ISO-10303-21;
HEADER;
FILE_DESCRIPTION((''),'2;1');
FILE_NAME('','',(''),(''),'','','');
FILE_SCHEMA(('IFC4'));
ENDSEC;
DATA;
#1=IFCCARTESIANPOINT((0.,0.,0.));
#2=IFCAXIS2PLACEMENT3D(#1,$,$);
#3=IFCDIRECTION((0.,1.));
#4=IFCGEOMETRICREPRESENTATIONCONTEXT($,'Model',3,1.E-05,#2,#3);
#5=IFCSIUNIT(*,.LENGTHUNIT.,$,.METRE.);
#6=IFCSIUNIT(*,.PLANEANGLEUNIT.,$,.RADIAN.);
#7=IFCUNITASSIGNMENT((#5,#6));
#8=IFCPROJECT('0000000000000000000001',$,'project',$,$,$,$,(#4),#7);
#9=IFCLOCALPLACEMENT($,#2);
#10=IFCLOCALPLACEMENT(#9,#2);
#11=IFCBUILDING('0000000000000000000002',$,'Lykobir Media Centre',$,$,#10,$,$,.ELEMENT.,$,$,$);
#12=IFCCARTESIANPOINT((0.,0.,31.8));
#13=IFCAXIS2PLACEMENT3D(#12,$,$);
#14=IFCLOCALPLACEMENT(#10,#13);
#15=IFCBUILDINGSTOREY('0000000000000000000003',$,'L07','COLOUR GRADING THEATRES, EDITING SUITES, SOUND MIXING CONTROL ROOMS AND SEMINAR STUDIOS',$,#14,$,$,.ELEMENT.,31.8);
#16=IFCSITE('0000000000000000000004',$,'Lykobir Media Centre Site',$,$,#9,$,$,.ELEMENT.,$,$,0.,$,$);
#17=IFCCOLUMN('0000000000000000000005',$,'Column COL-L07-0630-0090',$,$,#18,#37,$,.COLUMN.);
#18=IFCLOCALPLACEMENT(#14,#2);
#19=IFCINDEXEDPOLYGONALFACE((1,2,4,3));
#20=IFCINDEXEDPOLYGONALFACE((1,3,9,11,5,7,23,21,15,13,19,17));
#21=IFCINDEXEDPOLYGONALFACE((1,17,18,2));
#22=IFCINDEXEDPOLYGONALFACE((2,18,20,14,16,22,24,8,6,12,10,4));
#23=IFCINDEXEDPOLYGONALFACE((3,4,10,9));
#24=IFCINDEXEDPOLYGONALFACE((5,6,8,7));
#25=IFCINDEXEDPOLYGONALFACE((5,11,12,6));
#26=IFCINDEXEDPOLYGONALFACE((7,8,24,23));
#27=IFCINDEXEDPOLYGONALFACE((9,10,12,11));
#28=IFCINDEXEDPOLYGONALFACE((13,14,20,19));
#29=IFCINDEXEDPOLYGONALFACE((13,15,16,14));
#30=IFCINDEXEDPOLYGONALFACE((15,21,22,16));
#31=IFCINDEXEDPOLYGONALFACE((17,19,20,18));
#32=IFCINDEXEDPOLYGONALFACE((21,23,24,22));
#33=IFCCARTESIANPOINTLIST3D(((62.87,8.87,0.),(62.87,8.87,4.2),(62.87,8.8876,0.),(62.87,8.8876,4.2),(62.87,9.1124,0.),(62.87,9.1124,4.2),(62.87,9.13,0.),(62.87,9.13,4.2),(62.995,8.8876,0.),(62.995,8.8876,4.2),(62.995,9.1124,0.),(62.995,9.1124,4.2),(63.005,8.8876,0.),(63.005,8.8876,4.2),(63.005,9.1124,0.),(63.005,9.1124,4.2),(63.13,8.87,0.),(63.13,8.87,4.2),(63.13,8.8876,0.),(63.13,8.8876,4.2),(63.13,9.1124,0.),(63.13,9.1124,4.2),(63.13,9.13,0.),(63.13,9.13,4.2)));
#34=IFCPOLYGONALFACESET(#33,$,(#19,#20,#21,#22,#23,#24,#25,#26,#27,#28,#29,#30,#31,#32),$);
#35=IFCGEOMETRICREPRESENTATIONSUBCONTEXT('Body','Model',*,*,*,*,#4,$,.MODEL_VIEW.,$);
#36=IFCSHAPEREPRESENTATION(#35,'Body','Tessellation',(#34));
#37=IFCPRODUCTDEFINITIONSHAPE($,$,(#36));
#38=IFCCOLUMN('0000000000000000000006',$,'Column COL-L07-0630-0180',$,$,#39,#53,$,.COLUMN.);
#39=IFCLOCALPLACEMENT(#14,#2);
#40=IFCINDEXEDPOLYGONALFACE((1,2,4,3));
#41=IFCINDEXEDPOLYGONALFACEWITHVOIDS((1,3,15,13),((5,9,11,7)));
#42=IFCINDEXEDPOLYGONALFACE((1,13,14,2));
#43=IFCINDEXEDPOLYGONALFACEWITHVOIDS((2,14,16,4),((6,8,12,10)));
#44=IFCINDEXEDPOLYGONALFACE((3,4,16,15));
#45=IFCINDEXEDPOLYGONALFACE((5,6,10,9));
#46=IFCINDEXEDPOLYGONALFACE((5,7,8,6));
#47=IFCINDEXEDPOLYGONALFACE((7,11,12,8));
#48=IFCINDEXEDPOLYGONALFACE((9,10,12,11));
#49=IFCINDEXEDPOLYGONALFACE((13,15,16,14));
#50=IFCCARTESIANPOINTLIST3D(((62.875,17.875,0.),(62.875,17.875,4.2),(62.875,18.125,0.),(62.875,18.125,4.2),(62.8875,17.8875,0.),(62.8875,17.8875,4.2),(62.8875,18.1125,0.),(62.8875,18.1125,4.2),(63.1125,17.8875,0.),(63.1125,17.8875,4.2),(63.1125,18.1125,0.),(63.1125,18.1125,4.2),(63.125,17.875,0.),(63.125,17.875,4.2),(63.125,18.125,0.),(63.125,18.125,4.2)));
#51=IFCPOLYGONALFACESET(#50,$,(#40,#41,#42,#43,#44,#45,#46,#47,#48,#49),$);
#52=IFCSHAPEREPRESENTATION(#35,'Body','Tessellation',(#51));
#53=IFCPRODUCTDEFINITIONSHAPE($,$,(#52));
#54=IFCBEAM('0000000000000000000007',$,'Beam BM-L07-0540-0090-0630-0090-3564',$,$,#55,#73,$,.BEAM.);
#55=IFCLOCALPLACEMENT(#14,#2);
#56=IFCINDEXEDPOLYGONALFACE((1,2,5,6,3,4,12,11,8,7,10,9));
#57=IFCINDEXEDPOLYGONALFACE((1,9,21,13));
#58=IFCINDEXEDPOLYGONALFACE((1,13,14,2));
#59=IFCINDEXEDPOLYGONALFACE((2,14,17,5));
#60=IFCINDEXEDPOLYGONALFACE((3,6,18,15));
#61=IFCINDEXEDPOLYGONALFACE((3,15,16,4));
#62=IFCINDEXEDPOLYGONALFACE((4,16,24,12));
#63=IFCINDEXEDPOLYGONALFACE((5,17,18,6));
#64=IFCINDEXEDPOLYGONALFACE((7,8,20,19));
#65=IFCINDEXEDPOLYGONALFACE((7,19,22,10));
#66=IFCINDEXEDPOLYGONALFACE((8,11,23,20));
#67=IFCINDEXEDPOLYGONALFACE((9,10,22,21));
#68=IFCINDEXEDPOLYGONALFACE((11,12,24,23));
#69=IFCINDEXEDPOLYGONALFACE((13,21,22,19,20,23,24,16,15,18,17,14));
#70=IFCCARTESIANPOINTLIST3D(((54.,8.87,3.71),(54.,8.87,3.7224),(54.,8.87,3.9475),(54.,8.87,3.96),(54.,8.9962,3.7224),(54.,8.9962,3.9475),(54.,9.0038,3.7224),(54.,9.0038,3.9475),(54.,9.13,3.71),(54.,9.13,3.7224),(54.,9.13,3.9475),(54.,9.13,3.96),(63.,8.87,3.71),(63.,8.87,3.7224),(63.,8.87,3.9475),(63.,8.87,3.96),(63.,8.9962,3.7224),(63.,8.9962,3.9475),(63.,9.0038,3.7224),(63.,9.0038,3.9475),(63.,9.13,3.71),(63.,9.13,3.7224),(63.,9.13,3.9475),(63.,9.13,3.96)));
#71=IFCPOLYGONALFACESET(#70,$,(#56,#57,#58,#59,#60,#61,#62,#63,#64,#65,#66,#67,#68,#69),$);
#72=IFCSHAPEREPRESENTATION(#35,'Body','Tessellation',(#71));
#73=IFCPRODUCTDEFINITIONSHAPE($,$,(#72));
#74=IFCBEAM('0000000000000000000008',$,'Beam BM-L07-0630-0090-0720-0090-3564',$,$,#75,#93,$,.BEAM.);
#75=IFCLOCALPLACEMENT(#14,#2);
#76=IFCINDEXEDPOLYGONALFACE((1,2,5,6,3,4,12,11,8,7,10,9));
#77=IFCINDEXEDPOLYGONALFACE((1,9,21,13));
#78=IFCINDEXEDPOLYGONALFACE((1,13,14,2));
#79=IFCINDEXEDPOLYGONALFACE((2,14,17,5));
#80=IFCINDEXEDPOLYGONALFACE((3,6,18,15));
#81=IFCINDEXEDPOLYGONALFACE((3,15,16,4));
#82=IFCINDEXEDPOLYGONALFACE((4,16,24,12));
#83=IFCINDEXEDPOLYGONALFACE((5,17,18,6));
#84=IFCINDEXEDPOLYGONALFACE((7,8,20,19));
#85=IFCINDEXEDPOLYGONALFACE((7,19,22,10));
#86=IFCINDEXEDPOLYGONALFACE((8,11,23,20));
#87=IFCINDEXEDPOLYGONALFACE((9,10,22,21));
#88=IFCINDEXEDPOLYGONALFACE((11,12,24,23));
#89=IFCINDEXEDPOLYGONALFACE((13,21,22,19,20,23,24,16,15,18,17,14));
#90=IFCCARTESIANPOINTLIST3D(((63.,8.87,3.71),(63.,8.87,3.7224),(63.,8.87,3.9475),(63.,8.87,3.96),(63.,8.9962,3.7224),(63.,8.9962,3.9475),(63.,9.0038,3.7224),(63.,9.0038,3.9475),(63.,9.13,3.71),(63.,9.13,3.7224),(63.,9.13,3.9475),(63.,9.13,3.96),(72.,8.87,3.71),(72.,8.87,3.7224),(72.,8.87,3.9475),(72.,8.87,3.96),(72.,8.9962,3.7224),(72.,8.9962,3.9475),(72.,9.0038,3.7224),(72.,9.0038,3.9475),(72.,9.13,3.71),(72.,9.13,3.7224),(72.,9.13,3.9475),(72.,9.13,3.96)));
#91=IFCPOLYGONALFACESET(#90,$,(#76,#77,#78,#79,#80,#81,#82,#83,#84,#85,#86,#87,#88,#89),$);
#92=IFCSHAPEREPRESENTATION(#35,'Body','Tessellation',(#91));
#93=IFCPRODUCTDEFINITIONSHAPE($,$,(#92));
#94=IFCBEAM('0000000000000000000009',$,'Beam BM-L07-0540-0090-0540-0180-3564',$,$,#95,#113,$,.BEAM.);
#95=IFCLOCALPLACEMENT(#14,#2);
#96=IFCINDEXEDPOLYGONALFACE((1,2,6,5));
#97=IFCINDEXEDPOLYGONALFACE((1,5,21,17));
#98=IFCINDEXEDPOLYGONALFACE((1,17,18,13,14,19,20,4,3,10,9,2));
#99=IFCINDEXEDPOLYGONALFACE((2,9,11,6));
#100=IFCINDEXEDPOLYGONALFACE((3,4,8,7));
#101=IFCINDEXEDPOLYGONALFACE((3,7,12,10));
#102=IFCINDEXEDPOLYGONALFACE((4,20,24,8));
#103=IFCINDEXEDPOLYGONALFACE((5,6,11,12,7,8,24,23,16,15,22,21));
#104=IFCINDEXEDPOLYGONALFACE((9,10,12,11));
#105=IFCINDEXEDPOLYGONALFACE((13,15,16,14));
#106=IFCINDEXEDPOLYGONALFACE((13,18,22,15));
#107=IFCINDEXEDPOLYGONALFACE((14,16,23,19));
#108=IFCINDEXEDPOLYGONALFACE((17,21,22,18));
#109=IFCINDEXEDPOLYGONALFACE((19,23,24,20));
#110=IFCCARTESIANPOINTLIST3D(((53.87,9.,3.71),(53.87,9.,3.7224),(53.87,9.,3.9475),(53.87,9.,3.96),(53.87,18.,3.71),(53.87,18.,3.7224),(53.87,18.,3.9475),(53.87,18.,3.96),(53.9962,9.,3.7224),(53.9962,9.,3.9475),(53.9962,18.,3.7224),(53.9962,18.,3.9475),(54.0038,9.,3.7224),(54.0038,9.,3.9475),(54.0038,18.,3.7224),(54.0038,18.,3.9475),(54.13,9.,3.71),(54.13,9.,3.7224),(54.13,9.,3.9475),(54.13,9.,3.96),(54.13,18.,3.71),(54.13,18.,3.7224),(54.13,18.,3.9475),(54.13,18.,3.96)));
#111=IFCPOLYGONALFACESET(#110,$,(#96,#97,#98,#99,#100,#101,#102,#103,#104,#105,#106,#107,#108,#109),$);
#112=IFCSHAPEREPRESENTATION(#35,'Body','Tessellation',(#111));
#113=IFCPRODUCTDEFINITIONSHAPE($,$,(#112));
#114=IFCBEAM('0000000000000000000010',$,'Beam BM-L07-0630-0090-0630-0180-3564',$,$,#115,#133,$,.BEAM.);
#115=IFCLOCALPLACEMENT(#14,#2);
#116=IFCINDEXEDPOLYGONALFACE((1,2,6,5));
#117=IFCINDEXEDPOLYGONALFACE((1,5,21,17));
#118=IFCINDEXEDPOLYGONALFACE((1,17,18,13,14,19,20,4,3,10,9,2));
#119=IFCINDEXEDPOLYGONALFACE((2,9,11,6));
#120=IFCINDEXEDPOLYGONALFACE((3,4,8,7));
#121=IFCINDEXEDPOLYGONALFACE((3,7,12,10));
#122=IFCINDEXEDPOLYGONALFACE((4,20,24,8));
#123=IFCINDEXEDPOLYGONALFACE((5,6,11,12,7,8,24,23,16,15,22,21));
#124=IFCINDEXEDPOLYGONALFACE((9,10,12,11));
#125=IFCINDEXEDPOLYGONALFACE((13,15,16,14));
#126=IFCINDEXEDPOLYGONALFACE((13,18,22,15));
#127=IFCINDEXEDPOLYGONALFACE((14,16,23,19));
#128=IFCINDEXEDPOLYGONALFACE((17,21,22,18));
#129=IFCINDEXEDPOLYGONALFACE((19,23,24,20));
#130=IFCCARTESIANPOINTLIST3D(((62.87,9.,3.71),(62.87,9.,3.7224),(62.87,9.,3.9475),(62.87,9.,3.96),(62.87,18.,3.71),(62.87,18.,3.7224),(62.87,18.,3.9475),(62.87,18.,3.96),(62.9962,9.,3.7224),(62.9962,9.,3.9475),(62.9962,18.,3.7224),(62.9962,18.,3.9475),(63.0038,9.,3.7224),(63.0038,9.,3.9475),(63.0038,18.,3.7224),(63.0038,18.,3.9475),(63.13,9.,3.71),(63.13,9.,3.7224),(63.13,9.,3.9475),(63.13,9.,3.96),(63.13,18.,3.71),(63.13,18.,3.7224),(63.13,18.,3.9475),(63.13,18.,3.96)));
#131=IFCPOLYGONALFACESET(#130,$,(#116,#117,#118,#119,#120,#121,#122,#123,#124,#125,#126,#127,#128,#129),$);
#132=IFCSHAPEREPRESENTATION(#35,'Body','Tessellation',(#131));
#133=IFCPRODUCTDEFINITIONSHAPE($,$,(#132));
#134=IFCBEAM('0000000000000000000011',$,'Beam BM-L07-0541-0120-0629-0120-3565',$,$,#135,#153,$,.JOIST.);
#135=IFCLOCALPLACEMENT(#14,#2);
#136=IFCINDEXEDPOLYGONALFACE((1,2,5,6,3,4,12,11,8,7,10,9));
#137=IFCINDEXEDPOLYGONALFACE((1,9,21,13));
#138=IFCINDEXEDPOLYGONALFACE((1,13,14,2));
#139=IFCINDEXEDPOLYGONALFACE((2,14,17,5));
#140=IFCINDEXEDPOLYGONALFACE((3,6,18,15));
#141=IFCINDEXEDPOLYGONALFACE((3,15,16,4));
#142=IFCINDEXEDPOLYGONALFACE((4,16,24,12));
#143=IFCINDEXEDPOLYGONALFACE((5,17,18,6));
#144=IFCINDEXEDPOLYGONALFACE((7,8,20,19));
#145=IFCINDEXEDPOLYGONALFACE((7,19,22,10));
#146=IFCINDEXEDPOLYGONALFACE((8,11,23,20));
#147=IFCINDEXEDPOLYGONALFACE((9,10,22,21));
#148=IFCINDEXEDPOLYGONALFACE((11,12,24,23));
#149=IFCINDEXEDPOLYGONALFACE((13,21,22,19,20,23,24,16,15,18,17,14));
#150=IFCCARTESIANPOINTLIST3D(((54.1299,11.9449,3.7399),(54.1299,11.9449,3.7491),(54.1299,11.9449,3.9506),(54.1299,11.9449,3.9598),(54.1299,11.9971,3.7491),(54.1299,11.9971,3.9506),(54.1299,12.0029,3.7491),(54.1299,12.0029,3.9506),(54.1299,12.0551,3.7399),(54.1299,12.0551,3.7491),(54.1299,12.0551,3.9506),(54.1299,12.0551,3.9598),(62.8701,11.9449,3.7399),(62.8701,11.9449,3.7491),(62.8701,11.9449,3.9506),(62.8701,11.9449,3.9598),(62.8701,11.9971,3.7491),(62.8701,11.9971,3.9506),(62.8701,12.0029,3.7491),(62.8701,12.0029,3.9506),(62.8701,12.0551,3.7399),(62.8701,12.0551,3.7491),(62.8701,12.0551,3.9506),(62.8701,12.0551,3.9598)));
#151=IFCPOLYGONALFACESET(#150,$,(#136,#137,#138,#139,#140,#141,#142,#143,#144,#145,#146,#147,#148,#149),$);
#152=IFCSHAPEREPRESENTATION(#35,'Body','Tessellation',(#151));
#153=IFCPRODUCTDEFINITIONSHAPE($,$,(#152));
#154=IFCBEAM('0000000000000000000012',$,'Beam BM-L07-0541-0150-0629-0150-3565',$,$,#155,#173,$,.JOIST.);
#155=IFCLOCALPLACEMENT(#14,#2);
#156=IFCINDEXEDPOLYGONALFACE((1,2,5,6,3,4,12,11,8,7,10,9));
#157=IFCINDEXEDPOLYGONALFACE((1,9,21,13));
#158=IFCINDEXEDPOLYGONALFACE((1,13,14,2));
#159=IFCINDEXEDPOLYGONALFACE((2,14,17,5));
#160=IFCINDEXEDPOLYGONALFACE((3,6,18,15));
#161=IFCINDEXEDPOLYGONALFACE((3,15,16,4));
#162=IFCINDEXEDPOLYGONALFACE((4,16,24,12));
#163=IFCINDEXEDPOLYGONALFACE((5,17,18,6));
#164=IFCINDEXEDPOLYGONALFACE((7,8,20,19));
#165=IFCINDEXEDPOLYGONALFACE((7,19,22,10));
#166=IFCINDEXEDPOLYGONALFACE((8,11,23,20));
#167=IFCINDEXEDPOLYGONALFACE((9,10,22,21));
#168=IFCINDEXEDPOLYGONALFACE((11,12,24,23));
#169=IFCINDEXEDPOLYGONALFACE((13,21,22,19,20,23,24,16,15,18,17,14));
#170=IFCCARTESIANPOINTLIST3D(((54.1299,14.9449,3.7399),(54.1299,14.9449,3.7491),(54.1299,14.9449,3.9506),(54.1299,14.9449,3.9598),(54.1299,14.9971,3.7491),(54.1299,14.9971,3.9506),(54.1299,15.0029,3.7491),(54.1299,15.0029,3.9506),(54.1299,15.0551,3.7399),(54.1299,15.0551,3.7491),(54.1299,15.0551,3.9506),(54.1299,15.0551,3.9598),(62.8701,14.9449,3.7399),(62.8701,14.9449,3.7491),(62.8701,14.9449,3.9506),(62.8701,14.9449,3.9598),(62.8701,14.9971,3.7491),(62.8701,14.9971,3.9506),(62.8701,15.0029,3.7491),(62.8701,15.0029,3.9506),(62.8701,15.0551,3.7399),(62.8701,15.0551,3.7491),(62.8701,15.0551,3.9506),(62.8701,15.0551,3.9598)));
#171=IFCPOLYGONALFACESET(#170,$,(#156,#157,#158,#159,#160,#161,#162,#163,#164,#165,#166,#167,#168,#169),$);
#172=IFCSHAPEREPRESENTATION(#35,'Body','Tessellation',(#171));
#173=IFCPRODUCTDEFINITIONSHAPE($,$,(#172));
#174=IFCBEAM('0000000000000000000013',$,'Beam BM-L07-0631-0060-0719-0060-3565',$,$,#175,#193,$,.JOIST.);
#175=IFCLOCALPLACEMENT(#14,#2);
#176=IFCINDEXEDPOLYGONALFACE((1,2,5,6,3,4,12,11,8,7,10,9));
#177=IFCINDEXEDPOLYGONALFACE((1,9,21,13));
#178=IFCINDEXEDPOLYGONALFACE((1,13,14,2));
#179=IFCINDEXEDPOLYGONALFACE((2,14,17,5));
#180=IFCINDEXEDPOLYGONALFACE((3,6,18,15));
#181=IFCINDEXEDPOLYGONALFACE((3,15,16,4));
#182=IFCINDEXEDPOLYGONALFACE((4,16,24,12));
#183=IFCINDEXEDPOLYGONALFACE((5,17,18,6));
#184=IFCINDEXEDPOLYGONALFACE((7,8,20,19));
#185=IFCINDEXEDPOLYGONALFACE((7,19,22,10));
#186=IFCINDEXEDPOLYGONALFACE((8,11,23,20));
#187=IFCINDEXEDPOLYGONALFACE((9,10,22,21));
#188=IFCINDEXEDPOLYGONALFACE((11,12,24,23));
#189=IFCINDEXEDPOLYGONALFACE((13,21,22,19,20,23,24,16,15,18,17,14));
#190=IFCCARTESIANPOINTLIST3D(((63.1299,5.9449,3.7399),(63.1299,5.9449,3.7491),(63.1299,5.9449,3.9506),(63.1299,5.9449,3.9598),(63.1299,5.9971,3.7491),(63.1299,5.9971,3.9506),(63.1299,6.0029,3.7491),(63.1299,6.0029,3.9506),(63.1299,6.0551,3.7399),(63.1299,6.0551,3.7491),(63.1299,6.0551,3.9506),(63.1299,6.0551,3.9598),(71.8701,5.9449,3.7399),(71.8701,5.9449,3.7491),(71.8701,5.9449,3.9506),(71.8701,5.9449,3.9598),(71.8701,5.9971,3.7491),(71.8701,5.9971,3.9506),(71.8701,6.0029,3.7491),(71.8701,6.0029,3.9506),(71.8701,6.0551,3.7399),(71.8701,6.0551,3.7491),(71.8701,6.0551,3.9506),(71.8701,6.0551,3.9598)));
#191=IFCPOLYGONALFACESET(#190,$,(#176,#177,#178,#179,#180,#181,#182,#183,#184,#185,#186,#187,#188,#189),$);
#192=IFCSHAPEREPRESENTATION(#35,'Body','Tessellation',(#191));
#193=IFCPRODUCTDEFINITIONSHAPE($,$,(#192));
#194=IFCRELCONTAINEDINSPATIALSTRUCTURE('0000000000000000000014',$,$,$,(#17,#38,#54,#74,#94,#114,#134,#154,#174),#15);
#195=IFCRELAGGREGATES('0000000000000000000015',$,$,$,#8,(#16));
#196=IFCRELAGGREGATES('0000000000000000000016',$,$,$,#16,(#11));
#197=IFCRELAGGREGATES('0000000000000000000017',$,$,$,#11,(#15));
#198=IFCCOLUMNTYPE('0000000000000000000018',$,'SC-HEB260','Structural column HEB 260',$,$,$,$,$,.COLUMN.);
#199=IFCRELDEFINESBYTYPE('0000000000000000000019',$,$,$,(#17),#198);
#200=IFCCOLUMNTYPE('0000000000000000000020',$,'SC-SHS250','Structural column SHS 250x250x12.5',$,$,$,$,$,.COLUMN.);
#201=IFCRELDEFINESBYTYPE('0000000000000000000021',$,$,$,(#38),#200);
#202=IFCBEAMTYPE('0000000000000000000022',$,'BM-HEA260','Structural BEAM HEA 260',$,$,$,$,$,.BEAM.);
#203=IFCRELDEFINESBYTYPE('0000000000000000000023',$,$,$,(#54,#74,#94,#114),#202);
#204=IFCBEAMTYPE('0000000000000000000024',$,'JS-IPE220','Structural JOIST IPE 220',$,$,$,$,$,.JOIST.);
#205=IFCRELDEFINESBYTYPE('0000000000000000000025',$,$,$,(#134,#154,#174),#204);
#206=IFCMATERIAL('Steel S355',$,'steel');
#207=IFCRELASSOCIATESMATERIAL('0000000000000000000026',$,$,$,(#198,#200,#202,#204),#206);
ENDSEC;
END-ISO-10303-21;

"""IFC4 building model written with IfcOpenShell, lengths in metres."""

from ifc_helpers import new_model, si_unit, direction, frame, origin, origin_2d, place, context, subcontext, project, spatial, hollow_rectangle, i_section, extrude, material, material_profile, profile_set, type_object, element, save


model = new_model("IFC4")

# Units and contexts
model_context = context("Model", 3, precision=1e-05, world=origin(), true_north=direction((0.0, 1.0)))
body_context = subcontext(model_context, "Body", "Model", "MODEL_VIEW")
ifc_project = project(units=[si_unit("LENGTHUNIT", "METRE"), si_unit("PLANEANGLEUNIT", "RADIAN")], contexts=[model_context])

# Site, building, storey
site_placement = place(None, origin())
site = spatial("IfcSite", under=ifc_project, at=site_placement, Name="Lykobir Media Centre Site", CompositionType="ELEMENT", RefElevation=0.0)
building_placement = place(site_placement, origin())
building = spatial("IfcBuilding", under=site, at=building_placement, Name="Lykobir Media Centre", CompositionType="ELEMENT")
storey_placement = place(building_placement, frame((0.0, 0.0, 31.8)))
storey = spatial("IfcBuildingStorey", under=building, at=storey_placement, Name="L07", Description="COLOUR GRADING THEATRES, EDITING SUITES, SOUND MIXING CONTROL ROOMS AND SEMINAR STUDIOS", CompositionType="ELEMENT", Elevation=31.8)

# Columns
ifc_material_1 = material(Name="Steel S355", Category="steel")
ifc_material_profile_1 = material_profile(ifc_material_1, i_section(OverallWidth=0.26, OverallDepth=0.26, WebThickness=0.01, FlangeThickness=0.0176, at=origin_2d()), Name="HEB 260")
ifc_profile_set_1 = profile_set([ifc_material_profile_1], Name="Steel S355")
column_type_1 = type_object("IfcColumnType", Name="SC-HEB260", Description="Structural column HEB 260", PredefinedType="COLUMN", material=ifc_profile_set_1)
column_1_placement = place(storey_placement, frame((63.0, 9.0, 0.0), z_axis=(0.0, 0.0, 1.0), x_axis=(1.0, 0.0, 0.0)))
element("IfcColumn", 1, at=column_1_placement, inside=storey, type_object=column_type_1, Name="Column COL-L07-0630-0090", PredefinedType="COLUMN", context=body_context, shape_type="SweptSolid", body=[
    extrude(i_section(OverallWidth=0.26, OverallDepth=0.26, WebThickness=0.01, FlangeThickness=0.0176, at=origin_2d()), origin(), (0.0, 0.0, 1.0), 4.2),
])
ifc_material_profile_2 = material_profile(ifc_material_1, hollow_rectangle(XDim=0.25, YDim=0.25, WallThickness=0.0125, at=origin_2d()), Name="SHS 250x250x12.5")
ifc_profile_set_2 = profile_set([ifc_material_profile_2], Name="Steel S355")
column_type_2 = type_object("IfcColumnType", Name="SC-SHS250", Description="Structural column SHS 250x250x12.5", PredefinedType="COLUMN", material=ifc_profile_set_2)
column_2_placement = place(storey_placement, frame((63.0, 18.0, 0.0), z_axis=(0.0, 0.0, 1.0), x_axis=(1.0, 0.0, 0.0)))
element("IfcColumn", 2, at=column_2_placement, inside=storey, type_object=column_type_2, Name="Column COL-L07-0630-0180", PredefinedType="COLUMN", context=body_context, shape_type="SweptSolid", body=[
    extrude(hollow_rectangle(XDim=0.25, YDim=0.25, WallThickness=0.0125, at=origin_2d()), origin(), (0.0, 0.0, 1.0), 4.2),
])

# Beams
ifc_material_profile_3 = material_profile(ifc_material_1, i_section(OverallWidth=0.26, OverallDepth=0.25, WebThickness=0.0076, FlangeThickness=0.0125, at=origin_2d()), Name="HEA 260")
ifc_profile_set_3 = profile_set([ifc_material_profile_3], Name="Steel S355")
beam_type_1 = type_object("IfcBeamType", Name="BM-HEA260", Description="Structural BEAM HEA 260", PredefinedType="BEAM", material=ifc_profile_set_3)
for number, where, z_axis, x_axis, name in (
    (3, (54.0, 9.0, 3.835), (1.0, 0.0, 0.0), (0.0, 1.0, 0.0), "Beam BM-L07-0540-0090-0630-0090-3564"),
    (4, (63.0, 9.0, 3.835), (1.0, 0.0, 0.0), (0.0, 1.0, 0.0), "Beam BM-L07-0630-0090-0720-0090-3564"),
    (5, (54.0, 9.0, 3.835), (0.0, 1.0, 0.0), (-1.0, 0.0, 0.0), "Beam BM-L07-0540-0090-0540-0180-3564"),
    (6, (63.0, 9.0, 3.835), (0.0, 1.0, 0.0), (-1.0, 0.0, 0.0), "Beam BM-L07-0630-0090-0630-0180-3564"),
):
    element("IfcBeam", number, at=place(storey_placement, frame(where, z_axis=z_axis, x_axis=x_axis)), inside=storey, type_object=beam_type_1, Name=name, PredefinedType="BEAM", context=body_context, shape_type="SweptSolid", body=[
        extrude(i_section(OverallWidth=0.26, OverallDepth=0.25, WebThickness=0.0076, FlangeThickness=0.0125, at=origin_2d()), origin(), (0.0, 0.0, 1.0), 9.0),
    ])
ifc_material_profile_4 = material_profile(ifc_material_1, i_section(OverallWidth=0.1101, OverallDepth=0.22, WebThickness=0.0059, FlangeThickness=0.0093, at=origin_2d()), Name="IPE 220")
ifc_profile_set_4 = profile_set([ifc_material_profile_4], Name="Steel S355")
beam_type_2 = type_object("IfcBeamType", Name="JS-IPE220", Description="Structural JOIST IPE 220", PredefinedType="JOIST", material=ifc_profile_set_4)
for number, where, z_axis, x_axis, name in (
    (7, (54.1299, 12.0, 3.8499), (1.0, 0.0, 0.0), (0.0, 1.0, 0.0), "Beam BM-L07-0541-0120-0629-0120-3565"),
    (8, (54.1299, 15.0, 3.8499), (1.0, 0.0, 0.0), (0.0, 1.0, 0.0), "Beam BM-L07-0541-0150-0629-0150-3565"),
    (9, (63.1299, 6.0, 3.8499), (1.0, 0.0, 0.0), (0.0, 1.0, 0.0), "Beam BM-L07-0631-0060-0719-0060-3565"),
):
    element("IfcBeam", number, at=place(storey_placement, frame(where, z_axis=z_axis, x_axis=x_axis)), inside=storey, type_object=beam_type_2, Name=name, PredefinedType="JOIST", context=body_context, shape_type="SweptSolid", body=[
        extrude(i_section(OverallWidth=0.1101, OverallDepth=0.22, WebThickness=0.0059, FlangeThickness=0.0093, at=origin_2d()), origin(), (0.0, 0.0, 1.0), 8.7402),
    ])

save(model, "model.ifc")
